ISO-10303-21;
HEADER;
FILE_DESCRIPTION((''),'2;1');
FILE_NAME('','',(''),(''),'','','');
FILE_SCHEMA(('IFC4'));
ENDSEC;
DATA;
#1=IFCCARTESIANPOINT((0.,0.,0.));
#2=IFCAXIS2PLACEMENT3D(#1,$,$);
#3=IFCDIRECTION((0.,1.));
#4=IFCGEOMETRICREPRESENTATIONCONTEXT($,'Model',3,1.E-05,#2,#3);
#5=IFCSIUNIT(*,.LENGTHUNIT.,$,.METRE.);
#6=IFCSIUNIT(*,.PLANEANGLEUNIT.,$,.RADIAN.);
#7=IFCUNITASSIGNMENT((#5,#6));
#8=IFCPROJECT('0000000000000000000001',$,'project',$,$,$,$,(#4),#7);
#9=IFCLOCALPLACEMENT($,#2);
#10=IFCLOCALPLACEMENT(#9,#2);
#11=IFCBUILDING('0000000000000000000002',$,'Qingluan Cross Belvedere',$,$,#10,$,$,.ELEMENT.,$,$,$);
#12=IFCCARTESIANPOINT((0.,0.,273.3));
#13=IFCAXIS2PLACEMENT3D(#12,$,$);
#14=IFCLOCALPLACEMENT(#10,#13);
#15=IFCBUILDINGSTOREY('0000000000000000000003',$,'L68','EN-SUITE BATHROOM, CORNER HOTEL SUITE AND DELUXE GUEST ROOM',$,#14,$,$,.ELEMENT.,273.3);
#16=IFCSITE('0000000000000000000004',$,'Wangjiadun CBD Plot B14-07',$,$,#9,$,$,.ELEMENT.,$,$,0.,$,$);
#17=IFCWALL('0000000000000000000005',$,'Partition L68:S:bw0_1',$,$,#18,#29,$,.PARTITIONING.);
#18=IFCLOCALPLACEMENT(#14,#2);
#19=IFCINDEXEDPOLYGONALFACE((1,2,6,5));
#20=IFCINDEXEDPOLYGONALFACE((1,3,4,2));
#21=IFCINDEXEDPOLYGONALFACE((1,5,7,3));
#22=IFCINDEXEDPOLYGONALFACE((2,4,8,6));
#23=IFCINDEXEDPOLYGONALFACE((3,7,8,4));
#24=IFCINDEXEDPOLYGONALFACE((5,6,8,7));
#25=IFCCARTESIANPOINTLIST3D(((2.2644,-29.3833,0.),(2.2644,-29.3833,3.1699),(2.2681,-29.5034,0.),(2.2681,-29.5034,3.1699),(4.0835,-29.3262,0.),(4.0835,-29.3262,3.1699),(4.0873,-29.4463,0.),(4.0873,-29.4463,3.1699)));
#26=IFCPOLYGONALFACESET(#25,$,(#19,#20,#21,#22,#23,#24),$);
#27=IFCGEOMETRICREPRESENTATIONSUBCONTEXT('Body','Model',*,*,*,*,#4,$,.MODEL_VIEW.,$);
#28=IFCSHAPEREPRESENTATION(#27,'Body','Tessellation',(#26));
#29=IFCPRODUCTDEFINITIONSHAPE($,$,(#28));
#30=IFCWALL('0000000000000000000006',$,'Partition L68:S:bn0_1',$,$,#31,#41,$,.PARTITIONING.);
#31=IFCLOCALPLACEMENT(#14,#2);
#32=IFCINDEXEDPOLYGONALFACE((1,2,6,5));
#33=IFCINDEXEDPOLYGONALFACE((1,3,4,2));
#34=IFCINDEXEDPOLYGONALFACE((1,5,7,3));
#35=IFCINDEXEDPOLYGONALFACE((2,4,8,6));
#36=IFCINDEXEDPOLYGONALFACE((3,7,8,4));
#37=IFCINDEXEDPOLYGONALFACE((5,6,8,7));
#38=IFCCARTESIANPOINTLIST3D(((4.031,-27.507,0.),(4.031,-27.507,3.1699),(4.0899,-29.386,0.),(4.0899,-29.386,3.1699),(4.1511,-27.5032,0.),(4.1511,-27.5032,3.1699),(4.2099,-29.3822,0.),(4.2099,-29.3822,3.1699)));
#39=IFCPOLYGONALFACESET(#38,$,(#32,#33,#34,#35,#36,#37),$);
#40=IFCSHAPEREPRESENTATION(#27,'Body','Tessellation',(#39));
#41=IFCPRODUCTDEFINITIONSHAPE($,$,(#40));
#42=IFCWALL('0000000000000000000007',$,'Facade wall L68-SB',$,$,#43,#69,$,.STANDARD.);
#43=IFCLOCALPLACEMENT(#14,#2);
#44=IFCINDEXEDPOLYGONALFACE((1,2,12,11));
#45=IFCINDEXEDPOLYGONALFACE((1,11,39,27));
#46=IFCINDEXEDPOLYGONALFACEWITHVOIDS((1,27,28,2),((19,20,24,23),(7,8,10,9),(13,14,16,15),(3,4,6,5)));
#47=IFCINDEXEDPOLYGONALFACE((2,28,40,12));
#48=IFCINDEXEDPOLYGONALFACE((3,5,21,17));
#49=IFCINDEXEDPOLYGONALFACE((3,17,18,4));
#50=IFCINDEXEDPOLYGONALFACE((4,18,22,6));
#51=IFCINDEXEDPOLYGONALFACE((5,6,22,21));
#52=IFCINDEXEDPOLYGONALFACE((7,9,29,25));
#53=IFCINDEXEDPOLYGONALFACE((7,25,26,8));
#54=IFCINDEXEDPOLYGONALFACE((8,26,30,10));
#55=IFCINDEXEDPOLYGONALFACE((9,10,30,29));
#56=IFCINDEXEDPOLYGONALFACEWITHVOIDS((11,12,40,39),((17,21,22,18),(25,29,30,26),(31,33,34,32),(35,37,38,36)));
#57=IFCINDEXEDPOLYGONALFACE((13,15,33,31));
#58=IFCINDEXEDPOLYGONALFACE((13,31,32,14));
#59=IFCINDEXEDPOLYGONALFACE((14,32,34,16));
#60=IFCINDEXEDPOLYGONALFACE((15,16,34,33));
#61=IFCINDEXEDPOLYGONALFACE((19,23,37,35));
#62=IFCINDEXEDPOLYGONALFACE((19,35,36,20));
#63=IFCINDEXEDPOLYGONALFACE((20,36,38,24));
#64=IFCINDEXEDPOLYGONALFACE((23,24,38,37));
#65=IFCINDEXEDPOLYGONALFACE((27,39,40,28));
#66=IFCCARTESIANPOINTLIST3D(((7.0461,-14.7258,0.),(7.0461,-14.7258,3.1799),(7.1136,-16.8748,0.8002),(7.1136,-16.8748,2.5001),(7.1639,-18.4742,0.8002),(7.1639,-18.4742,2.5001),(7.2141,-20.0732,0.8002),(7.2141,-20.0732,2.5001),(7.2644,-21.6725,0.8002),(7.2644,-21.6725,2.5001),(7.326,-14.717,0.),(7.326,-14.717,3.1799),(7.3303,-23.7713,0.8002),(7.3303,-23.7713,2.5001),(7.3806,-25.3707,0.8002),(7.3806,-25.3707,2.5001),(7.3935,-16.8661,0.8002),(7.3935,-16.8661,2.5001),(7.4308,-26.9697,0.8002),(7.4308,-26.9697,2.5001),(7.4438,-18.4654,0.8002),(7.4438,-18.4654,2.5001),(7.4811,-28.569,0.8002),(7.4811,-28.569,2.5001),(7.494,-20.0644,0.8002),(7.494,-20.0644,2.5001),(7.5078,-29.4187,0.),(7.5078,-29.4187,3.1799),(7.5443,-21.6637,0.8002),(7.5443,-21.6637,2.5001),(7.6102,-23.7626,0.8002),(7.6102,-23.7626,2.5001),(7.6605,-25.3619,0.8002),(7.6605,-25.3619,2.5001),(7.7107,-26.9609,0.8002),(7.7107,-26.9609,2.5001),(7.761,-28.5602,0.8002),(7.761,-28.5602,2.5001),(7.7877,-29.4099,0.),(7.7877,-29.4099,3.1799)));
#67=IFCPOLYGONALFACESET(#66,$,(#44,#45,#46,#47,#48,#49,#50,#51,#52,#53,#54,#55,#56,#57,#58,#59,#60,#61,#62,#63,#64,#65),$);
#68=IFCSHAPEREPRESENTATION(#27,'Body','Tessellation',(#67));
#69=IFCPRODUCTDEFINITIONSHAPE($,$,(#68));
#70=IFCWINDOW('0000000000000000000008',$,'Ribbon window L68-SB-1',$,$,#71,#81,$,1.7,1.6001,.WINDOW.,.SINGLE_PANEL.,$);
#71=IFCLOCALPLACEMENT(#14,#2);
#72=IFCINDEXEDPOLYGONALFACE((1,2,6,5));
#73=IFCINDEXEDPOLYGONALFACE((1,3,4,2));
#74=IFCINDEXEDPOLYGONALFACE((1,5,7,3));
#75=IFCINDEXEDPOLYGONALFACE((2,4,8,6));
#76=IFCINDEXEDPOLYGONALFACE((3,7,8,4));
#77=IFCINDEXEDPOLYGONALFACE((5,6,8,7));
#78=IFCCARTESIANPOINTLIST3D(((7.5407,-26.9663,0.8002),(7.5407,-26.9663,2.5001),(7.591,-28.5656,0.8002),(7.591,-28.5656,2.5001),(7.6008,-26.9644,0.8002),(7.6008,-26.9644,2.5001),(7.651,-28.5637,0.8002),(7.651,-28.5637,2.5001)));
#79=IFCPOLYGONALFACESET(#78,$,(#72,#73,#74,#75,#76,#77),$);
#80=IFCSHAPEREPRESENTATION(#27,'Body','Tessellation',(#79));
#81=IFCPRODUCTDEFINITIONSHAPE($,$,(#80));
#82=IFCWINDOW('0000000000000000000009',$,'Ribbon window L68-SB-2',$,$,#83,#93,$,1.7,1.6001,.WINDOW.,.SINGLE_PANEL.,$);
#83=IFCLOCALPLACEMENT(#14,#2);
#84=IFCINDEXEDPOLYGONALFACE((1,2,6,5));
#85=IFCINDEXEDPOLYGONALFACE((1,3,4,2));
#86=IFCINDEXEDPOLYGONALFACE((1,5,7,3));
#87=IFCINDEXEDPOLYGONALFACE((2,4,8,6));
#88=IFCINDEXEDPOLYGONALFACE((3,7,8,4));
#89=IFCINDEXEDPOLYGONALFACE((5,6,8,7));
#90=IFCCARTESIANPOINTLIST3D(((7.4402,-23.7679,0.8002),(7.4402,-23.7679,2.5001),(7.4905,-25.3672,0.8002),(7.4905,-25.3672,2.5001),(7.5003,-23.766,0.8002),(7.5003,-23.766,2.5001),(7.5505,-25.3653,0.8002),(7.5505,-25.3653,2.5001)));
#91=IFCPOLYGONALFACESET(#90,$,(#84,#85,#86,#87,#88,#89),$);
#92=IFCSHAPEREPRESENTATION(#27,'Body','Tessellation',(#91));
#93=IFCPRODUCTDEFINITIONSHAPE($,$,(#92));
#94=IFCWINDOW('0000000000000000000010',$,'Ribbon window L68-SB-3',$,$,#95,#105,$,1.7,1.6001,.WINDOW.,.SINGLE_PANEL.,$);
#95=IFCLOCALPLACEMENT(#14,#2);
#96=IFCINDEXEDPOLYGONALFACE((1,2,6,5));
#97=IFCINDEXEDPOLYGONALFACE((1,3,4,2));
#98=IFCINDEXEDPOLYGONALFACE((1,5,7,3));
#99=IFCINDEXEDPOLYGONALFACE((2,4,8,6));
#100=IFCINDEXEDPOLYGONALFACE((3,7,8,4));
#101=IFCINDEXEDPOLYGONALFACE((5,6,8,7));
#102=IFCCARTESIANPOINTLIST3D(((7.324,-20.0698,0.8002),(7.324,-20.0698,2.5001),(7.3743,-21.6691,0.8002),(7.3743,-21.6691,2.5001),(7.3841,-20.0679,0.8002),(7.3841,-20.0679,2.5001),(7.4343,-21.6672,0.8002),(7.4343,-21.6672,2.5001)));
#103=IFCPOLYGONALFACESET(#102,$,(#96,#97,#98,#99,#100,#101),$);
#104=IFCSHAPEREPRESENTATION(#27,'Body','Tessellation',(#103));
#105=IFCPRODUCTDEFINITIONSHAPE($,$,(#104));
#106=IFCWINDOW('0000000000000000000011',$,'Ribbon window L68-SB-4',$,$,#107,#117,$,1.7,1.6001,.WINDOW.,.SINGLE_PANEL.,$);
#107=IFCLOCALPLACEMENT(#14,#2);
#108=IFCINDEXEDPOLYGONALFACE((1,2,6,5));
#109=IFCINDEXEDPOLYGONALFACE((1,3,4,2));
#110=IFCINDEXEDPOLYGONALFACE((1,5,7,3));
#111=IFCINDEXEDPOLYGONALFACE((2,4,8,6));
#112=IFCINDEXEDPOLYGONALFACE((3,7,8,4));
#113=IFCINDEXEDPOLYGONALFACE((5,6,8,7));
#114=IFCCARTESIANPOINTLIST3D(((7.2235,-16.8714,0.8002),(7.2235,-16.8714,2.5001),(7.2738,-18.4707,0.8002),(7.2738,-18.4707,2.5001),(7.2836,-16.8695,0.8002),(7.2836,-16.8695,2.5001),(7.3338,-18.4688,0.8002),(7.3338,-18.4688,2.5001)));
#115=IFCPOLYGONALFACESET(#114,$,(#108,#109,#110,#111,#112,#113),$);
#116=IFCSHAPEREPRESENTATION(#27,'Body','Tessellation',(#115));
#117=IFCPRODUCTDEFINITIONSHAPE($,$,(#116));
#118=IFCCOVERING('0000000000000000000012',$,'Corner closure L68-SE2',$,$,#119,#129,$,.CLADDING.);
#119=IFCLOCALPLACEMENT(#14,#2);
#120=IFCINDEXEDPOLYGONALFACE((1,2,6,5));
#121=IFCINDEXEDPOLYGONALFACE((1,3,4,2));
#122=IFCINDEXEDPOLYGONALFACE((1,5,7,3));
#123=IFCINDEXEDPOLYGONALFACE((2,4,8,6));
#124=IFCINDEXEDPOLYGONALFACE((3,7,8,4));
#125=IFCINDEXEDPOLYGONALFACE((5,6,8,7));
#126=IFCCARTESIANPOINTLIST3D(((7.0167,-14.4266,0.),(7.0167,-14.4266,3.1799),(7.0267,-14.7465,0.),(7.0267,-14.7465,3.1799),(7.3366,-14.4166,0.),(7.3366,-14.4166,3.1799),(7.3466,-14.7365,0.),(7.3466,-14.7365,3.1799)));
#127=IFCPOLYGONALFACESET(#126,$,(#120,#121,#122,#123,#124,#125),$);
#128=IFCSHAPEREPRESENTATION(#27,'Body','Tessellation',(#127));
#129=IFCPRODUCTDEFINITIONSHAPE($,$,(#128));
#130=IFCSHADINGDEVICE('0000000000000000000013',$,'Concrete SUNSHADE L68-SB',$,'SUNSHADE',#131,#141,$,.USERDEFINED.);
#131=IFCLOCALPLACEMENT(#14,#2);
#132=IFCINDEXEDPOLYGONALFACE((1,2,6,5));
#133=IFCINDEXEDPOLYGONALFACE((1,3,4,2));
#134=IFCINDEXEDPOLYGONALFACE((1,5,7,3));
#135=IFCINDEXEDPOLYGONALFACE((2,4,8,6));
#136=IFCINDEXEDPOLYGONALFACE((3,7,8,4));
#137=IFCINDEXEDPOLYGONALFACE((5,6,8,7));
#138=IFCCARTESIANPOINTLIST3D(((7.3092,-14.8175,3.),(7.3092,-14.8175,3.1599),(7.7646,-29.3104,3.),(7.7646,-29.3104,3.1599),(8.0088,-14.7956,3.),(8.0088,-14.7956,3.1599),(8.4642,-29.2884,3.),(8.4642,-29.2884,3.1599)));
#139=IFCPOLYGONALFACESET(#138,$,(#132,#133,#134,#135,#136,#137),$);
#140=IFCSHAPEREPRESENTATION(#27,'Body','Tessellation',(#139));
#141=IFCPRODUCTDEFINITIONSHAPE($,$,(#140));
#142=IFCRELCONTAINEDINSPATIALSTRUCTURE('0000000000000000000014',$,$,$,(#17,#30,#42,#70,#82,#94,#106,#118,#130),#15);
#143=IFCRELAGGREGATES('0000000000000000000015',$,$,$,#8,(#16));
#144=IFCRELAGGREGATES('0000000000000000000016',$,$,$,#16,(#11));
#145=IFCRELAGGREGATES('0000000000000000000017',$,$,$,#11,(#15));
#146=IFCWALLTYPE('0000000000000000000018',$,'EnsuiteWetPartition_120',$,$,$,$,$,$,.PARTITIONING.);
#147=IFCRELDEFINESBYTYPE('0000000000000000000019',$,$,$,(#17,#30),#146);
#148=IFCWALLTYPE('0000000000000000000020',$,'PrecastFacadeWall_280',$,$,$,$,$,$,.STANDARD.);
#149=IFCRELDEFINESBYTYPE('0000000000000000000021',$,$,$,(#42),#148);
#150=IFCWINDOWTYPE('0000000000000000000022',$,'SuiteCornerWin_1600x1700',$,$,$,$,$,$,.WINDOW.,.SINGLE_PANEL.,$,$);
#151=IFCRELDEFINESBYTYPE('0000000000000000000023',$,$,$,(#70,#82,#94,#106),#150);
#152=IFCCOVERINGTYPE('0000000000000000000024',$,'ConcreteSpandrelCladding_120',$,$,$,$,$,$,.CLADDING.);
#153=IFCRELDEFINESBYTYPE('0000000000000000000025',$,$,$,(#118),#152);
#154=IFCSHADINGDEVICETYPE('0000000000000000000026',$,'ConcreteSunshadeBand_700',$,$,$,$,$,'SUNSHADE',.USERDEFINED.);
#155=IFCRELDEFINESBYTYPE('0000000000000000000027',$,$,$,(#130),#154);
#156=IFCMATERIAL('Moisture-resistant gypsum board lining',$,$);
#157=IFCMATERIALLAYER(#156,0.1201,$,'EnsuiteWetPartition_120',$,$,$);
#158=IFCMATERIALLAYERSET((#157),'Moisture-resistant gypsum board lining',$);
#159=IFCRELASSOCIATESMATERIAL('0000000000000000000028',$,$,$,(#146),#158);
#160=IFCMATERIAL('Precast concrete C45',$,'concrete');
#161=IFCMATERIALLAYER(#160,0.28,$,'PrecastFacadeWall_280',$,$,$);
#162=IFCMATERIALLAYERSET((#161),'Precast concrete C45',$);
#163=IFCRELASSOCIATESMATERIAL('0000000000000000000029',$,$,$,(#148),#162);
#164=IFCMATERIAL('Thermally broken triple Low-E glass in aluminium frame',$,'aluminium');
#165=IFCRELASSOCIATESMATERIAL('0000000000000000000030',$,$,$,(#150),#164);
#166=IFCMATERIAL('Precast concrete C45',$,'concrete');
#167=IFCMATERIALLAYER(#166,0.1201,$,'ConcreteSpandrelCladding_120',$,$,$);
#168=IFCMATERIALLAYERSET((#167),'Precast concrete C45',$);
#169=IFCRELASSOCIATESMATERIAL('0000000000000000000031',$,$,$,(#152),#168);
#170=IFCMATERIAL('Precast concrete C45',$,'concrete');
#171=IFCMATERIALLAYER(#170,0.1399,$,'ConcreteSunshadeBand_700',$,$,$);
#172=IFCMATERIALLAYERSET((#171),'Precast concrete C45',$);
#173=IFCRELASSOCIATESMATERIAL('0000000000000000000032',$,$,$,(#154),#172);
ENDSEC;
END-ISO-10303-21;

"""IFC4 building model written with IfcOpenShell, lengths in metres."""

from ifc_helpers import new_model, si_unit, direction, frame, frame_2d, origin, origin_2d, place, context, subcontext, project, spatial, rectangle, extrude, material, layer, layer_set, type_object, element, fill, save


model = new_model("IFC4")

# Units and contexts
model_context = context("Model", 3, precision=1e-05, world=origin(), true_north=direction((0.0, 1.0)))
body_context = subcontext(model_context, "Body", "Model", "MODEL_VIEW")
ifc_project = project(units=[si_unit("LENGTHUNIT", "METRE"), si_unit("PLANEANGLEUNIT", "RADIAN")], contexts=[model_context])

# Site, building, storey
site_placement = place(None, origin())
site = spatial("IfcSite", under=ifc_project, at=site_placement, Name="Wangjiadun CBD Plot B14-07", CompositionType="ELEMENT", RefElevation=0.0)
building_placement = place(site_placement, origin())
building = spatial("IfcBuilding", under=site, at=building_placement, Name="Qingluan Cross Belvedere", CompositionType="ELEMENT")
storey_placement = place(building_placement, frame((0.0, 0.0, 273.3)))
storey = spatial("IfcBuildingStorey", under=building, at=storey_placement, Name="L68", Description="EN-SUITE BATHROOM, CORNER HOTEL SUITE AND DELUXE GUEST ROOM", CompositionType="ELEMENT", Elevation=273.3)

# Shared definitions
ifc_material_1 = material(Name="Moisture-resistant gypsum board lining")
ifc_layer_1 = layer(ifc_material_1, 0.1201, Name="EnsuiteWetPartition_120")
ifc_layer_set_1 = layer_set([ifc_layer_1], Name="Moisture-resistant gypsum board lining")
wall_type_1 = type_object("IfcWallType", Name="EnsuiteWetPartition_120", PredefinedType="PARTITIONING", material=ifc_layer_set_1)

# Walls
wall_1_placement = place(storey_placement, frame((2.2661, -29.4434, 0.0), z_axis=(0.0, 0.0, 1.0), x_axis=(0.999507, 0.03139, 0.0)))
element("IfcWall", 1, at=wall_1_placement, inside=storey, type_object=wall_type_1, Name="Partition L68:S:bw0_1", PredefinedType="PARTITIONING", context=body_context, shape_type="SweptSolid", body=[
    extrude(rectangle(XDim=1.8201, YDim=0.1201, at=frame_2d((0.9102, 0.0))), origin(), (0.0, 0.0, 1.0), 3.1699),
])
wall_2_placement = place(storey_placement, frame((4.0911, -27.5051, 0.0), z_axis=(0.0, 0.0, 1.0), x_axis=(0.0313, -0.99951, 0.0)))
element("IfcWall", 2, at=wall_2_placement, inside=storey, type_object=wall_type_1, Name="Partition L68:S:bn0_1", PredefinedType="PARTITIONING", context=body_context, shape_type="SweptSolid", body=[
    extrude(rectangle(XDim=1.8799, YDim=0.1201, at=frame_2d((0.9399, 0.0))), origin(), (0.0, 0.0, 1.0), 3.1699),
])

# Wall, openings, windows
ifc_material_2 = material(Name="Precast concrete C45", Category="concrete")
ifc_layer_2 = layer(ifc_material_2, 0.28, Name="PrecastFacadeWall_280")
ifc_layer_set_2 = layer_set([ifc_layer_2], Name="Precast concrete C45")
wall_type_2 = type_object("IfcWallType", Name="PrecastFacadeWall_280", PredefinedType="STANDARD", material=ifc_layer_set_2)
wall_3_placement = place(storey_placement, frame((7.6477, -29.4143, 0.0), z_axis=(0.0, 0.0, 1.0), x_axis=(-0.031406, 0.999507, 0.0)))
wall_3 = element("IfcWall", 3, at=wall_3_placement, inside=storey, type_object=wall_type_2, Name="Facade wall L68-SB", PredefinedType="STANDARD", context=body_context, shape_type="SweptSolid", body=[
    extrude(rectangle(XDim=14.7002, YDim=0.28, at=frame_2d((7.3501, 0.0))), origin(), (0.0, 0.0, 1.0), 3.1799),
])
opening_1_placement = place(wall_3_placement, frame((0.8501, 0.0, 0.8)))
opening_1 = element("IfcOpeningElement", 4, at=opening_1_placement, cuts=wall_3, PredefinedType="OPENING", context=body_context, shape_type="SweptSolid", body=[
    extrude(rectangle(XDim=1.6001, YDim=1.7, at=frame_2d((0.8, 0.8501))), frame((0.0, 0.1499, 0.0), z_axis=(0.0, -1.0, 0.0), x_axis=(1.0, 0.0, 0.0)), (0.0, 0.0, 1.0), 0.3),
])
opening_2_placement = place(wall_3_placement, frame((4.05, 0.0, 0.8)))
opening_2 = element("IfcOpeningElement", 5, at=opening_2_placement, cuts=wall_3, PredefinedType="OPENING", context=body_context, shape_type="SweptSolid", body=[
    extrude(rectangle(XDim=1.6001, YDim=1.7, at=frame_2d((0.8, 0.8501))), frame((0.0, 0.1499, 0.0), z_axis=(0.0, -1.0, 0.0), x_axis=(1.0, 0.0, 0.0)), (0.0, 0.0, 1.0), 0.3),
])
opening_3_placement = place(wall_3_placement, frame((7.75, 0.0, 0.8)))
opening_3 = element("IfcOpeningElement", 6, at=opening_3_placement, cuts=wall_3, PredefinedType="OPENING", context=body_context, shape_type="SweptSolid", body=[
    extrude(rectangle(XDim=1.6001, YDim=1.7, at=frame_2d((0.8, 0.8501))), frame((0.0, 0.1499, 0.0), z_axis=(0.0, -1.0, 0.0), x_axis=(1.0, 0.0, 0.0)), (0.0, 0.0, 1.0), 0.3),
])
opening_4_placement = place(wall_3_placement, frame((10.95, 0.0, 0.8)))
opening_4 = element("IfcOpeningElement", 7, at=opening_4_placement, cuts=wall_3, PredefinedType="OPENING", context=body_context, shape_type="SweptSolid", body=[
    extrude(rectangle(XDim=1.6001, YDim=1.7, at=frame_2d((0.8, 0.8501))), frame((0.0, 0.1499, 0.0), z_axis=(0.0, -1.0, 0.0), x_axis=(1.0, 0.0, 0.0)), (0.0, 0.0, 1.0), 0.3),
])
ifc_material_3 = material(Name="Thermally broken triple Low-E glass in aluminium frame", Category="aluminium")
window_type = type_object("IfcWindowType", Name="SuiteCornerWin_1600x1700", PartitioningType="SINGLE_PANEL", PredefinedType="WINDOW", material=ifc_material_3)
window_1_placement = place(opening_1_placement, origin())
window_1 = element("IfcWindow", 8, at=window_1_placement, inside=storey, type_object=window_type, Name="Ribbon window L68-SB-1", OverallHeight=1.7, OverallWidth=1.6001, PartitioningType="SINGLE_PANEL", PredefinedType="WINDOW", context=body_context, shape_type="SweptSolid", body=[
    extrude(rectangle(XDim=1.6001, YDim=1.7, at=frame_2d((0.8, 0.8501))), frame((0.0, 0.03, 0.0), z_axis=(0.0, -1.0, 0.0), x_axis=(1.0, 0.0, 0.0)), (0.0, 0.0, 1.0), 0.0601),
])
fill(opening_1, window_1)
window_2_placement = place(opening_2_placement, origin())
window_2 = element("IfcWindow", 9, at=window_2_placement, inside=storey, type_object=window_type, Name="Ribbon window L68-SB-2", OverallHeight=1.7, OverallWidth=1.6001, PartitioningType="SINGLE_PANEL", PredefinedType="WINDOW", context=body_context, shape_type="SweptSolid", body=[
    extrude(rectangle(XDim=1.6001, YDim=1.7, at=frame_2d((0.8, 0.8501))), frame((0.0, 0.03, 0.0), z_axis=(0.0, -1.0, 0.0), x_axis=(1.0, 0.0, 0.0)), (0.0, 0.0, 1.0), 0.0601),
])
fill(opening_2, window_2)
window_3_placement = place(opening_3_placement, origin())
window_3 = element("IfcWindow", 10, at=window_3_placement, inside=storey, type_object=window_type, Name="Ribbon window L68-SB-3", OverallHeight=1.7, OverallWidth=1.6001, PartitioningType="SINGLE_PANEL", PredefinedType="WINDOW", context=body_context, shape_type="SweptSolid", body=[
    extrude(rectangle(XDim=1.6001, YDim=1.7, at=frame_2d((0.8, 0.8501))), frame((0.0, 0.03, 0.0), z_axis=(0.0, -1.0, 0.0), x_axis=(1.0, 0.0, 0.0)), (0.0, 0.0, 1.0), 0.0601),
])
fill(opening_3, window_3)
window_4_placement = place(opening_4_placement, origin())
window_4 = element("IfcWindow", 11, at=window_4_placement, inside=storey, type_object=window_type, Name="Ribbon window L68-SB-4", OverallHeight=1.7, OverallWidth=1.6001, PartitioningType="SINGLE_PANEL", PredefinedType="WINDOW", context=body_context, shape_type="SweptSolid", body=[
    extrude(rectangle(XDim=1.6001, YDim=1.7, at=frame_2d((0.8, 0.8501))), frame((0.0, 0.03, 0.0), z_axis=(0.0, -1.0, 0.0), x_axis=(1.0, 0.0, 0.0)), (0.0, 0.0, 1.0), 0.0601),
])
fill(opening_4, window_4)

# Covering
ifc_material_4 = material(Name="Precast concrete C45", Category="concrete")
ifc_layer_3 = layer(ifc_material_4, 0.1201, Name="ConcreteSpandrelCladding_120")
ifc_layer_set_3 = layer_set([ifc_layer_3], Name="Precast concrete C45")
covering_type_1 = type_object("IfcCoveringType", Name="ConcreteSpandrelCladding_120", PredefinedType="CLADDING", material=ifc_layer_set_3)
covering_1_placement = place(storey_placement, frame((7.1816, -14.5815, 0.0), z_axis=(0.0, 0.0, 1.0), x_axis=(0.999507, 0.031411, 0.0)))
element("IfcCovering", 12, at=covering_1_placement, inside=storey, type_object=covering_type_1, Name="Corner closure L68-SE2", PredefinedType="CLADDING", context=body_context, shape_type="SweptSolid", body=[
    extrude(rectangle(XDim=0.3201, YDim=0.3201, at=origin_2d()), origin(), (0.0, 0.0, 1.0), 3.1799),
])

# Shading device
ifc_material_5 = material(Name="Precast concrete C45", Category="concrete")
ifc_layer_4 = layer(ifc_material_5, 0.1399, Name="ConcreteSunshadeBand_700")
ifc_layer_set_4 = layer_set([ifc_layer_4], Name="Precast concrete C45")
shading_device_type = type_object("IfcShadingDeviceType", Name="ConcreteSunshadeBand_700", ElementType="SUNSHADE", PredefinedType="USERDEFINED", material=ifc_layer_set_4)
shading_device_placement = place(storey_placement, frame((7.8867, -22.053, 3.0), z_axis=(0.0, 0.0, 1.0), x_axis=(-0.031408, 0.999507, 0.0)))
element("IfcShadingDevice", 13, at=shading_device_placement, inside=storey, type_object=shading_device_type, Name="Concrete SUNSHADE L68-SB", ObjectType="SUNSHADE", PredefinedType="USERDEFINED", context=body_context, shape_type="SweptSolid", body=[
    extrude(rectangle(XDim=14.5, YDim=0.7, at=origin_2d()), origin(), (0.0, 0.0, 1.0), 0.1599),
])

save(model, "model.ifc")
